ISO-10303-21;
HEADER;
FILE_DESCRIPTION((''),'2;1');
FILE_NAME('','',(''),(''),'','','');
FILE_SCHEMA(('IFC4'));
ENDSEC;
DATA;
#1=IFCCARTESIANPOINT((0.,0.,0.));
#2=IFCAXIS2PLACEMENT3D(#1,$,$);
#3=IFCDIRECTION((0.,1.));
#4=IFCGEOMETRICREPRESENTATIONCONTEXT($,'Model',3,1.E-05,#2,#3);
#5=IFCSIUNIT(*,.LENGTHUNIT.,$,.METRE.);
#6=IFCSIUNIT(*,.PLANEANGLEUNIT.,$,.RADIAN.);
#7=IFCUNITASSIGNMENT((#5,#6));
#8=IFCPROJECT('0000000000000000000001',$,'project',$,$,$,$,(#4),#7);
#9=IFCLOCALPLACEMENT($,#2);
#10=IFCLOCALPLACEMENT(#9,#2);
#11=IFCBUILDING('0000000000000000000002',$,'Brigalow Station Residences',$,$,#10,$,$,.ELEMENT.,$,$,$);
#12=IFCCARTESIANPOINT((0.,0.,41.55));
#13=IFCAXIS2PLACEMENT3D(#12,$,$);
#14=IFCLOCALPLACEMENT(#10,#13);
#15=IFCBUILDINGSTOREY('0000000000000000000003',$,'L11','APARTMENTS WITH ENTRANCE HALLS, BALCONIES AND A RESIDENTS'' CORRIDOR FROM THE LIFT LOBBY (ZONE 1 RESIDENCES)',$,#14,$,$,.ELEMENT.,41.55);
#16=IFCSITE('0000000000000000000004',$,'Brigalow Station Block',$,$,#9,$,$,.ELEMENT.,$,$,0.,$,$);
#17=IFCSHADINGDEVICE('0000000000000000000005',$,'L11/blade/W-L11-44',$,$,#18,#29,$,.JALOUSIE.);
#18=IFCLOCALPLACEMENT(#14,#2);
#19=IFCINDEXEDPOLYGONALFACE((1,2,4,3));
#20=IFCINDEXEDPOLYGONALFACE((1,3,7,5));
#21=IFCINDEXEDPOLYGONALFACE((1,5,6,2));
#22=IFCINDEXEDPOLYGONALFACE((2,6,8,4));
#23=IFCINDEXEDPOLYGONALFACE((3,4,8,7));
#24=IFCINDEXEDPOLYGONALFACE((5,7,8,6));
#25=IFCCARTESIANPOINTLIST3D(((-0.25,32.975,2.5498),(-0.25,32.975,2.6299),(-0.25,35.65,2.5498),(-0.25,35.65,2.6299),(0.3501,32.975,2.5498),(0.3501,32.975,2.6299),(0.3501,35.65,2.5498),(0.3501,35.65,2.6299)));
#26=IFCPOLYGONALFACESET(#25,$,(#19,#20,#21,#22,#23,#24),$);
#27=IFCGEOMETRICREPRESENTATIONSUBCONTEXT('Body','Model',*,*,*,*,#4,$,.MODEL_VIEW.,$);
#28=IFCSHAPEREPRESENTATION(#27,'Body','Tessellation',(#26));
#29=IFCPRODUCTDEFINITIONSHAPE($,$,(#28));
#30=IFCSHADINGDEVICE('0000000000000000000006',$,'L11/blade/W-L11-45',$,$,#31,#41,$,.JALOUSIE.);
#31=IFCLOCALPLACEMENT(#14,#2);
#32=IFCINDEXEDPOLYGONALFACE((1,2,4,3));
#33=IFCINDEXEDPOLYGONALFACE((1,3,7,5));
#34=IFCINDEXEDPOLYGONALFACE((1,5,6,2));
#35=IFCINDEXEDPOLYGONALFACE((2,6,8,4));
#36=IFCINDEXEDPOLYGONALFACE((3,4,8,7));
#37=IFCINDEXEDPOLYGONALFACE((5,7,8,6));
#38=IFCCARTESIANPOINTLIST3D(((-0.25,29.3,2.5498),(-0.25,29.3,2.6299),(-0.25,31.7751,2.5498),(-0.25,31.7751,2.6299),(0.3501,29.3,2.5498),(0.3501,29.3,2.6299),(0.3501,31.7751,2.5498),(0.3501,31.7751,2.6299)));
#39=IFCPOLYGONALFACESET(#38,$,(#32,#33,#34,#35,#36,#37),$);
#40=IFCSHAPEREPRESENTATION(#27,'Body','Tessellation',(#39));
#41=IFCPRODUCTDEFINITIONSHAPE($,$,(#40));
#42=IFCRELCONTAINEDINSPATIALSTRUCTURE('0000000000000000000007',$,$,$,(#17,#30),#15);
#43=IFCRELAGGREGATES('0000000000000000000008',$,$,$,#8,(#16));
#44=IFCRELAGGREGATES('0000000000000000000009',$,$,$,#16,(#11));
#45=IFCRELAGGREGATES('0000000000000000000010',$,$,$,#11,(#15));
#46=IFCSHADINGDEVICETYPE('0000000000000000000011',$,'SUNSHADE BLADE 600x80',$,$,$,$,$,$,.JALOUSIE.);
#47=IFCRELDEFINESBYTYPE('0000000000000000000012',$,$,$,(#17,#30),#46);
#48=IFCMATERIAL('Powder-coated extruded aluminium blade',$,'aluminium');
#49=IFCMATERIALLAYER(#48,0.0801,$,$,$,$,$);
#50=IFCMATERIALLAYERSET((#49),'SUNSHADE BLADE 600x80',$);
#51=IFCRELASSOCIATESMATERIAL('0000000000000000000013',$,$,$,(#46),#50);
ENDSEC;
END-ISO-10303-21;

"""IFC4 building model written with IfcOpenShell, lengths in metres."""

from ifc_helpers import new_model, si_unit, direction, frame, origin, origin_2d, place, context, subcontext, project, spatial, rectangle, extrude, material, layer, layer_set, type_object, element, save


model = new_model("IFC4")

# Units and contexts
model_context = context("Model", 3, precision=1e-05, world=origin(), true_north=direction((0.0, 1.0)))
body_context = subcontext(model_context, "Body", "Model", "MODEL_VIEW")
ifc_project = project(units=[si_unit("LENGTHUNIT", "METRE"), si_unit("PLANEANGLEUNIT", "RADIAN")], contexts=[model_context])

# Site, building, storey
site_placement = place(None, origin())
site = spatial("IfcSite", under=ifc_project, at=site_placement, Name="Brigalow Station Block", CompositionType="ELEMENT", RefElevation=0.0)
building_placement = place(site_placement, origin())
building = spatial("IfcBuilding", under=site, at=building_placement, Name="Brigalow Station Residences", CompositionType="ELEMENT")
storey_placement = place(building_placement, frame((0.0, 0.0, 41.55)))
storey = spatial("IfcBuildingStorey", under=building, at=storey_placement, Name="L11", Description="APARTMENTS WITH ENTRANCE HALLS, BALCONIES AND A RESIDENTS' CORRIDOR FROM THE LIFT LOBBY (ZONE 1 RESIDENCES)", CompositionType="ELEMENT", Elevation=41.55)

# Shading devices
ifc_material_1 = material(Name="Powder-coated extruded aluminium blade", Category="aluminium")
ifc_layer_1 = layer(ifc_material_1, 0.0801)
ifc_layer_set_1 = layer_set([ifc_layer_1], Name="SUNSHADE BLADE 600x80")
shading_device_type = type_object("IfcShadingDeviceType", Name="SUNSHADE BLADE 600x80", PredefinedType="JALOUSIE", material=ifc_layer_set_1)
shading_device_1_placement = place(storey_placement, frame((0.05, 34.3125, 2.5498), z_axis=(0.0, 0.0, 1.0), x_axis=(0.0, -1.0, 0.0)))
element("IfcShadingDevice", 1, at=shading_device_1_placement, inside=storey, type_object=shading_device_type, Name="L11/blade/W-L11-44", PredefinedType="JALOUSIE", context=body_context, shape_type="SweptSolid", body=[
    extrude(rectangle(XDim=2.675, YDim=0.6001, at=origin_2d()), origin(), (0.0, 0.0, 1.0), 0.0801),
])
shading_device_2_placement = place(storey_placement, frame((0.05, 30.5376, 2.5498), z_axis=(0.0, 0.0, 1.0), x_axis=(0.0, -1.0, 0.0)))
element("IfcShadingDevice", 2, at=shading_device_2_placement, inside=storey, type_object=shading_device_type, Name="L11/blade/W-L11-45", PredefinedType="JALOUSIE", context=body_context, shape_type="SweptSolid", body=[
    extrude(rectangle(XDim=2.4751, YDim=0.6001, at=origin_2d()), origin(), (0.0, 0.0, 1.0), 0.0801),
])

save(model, "model.ifc")
